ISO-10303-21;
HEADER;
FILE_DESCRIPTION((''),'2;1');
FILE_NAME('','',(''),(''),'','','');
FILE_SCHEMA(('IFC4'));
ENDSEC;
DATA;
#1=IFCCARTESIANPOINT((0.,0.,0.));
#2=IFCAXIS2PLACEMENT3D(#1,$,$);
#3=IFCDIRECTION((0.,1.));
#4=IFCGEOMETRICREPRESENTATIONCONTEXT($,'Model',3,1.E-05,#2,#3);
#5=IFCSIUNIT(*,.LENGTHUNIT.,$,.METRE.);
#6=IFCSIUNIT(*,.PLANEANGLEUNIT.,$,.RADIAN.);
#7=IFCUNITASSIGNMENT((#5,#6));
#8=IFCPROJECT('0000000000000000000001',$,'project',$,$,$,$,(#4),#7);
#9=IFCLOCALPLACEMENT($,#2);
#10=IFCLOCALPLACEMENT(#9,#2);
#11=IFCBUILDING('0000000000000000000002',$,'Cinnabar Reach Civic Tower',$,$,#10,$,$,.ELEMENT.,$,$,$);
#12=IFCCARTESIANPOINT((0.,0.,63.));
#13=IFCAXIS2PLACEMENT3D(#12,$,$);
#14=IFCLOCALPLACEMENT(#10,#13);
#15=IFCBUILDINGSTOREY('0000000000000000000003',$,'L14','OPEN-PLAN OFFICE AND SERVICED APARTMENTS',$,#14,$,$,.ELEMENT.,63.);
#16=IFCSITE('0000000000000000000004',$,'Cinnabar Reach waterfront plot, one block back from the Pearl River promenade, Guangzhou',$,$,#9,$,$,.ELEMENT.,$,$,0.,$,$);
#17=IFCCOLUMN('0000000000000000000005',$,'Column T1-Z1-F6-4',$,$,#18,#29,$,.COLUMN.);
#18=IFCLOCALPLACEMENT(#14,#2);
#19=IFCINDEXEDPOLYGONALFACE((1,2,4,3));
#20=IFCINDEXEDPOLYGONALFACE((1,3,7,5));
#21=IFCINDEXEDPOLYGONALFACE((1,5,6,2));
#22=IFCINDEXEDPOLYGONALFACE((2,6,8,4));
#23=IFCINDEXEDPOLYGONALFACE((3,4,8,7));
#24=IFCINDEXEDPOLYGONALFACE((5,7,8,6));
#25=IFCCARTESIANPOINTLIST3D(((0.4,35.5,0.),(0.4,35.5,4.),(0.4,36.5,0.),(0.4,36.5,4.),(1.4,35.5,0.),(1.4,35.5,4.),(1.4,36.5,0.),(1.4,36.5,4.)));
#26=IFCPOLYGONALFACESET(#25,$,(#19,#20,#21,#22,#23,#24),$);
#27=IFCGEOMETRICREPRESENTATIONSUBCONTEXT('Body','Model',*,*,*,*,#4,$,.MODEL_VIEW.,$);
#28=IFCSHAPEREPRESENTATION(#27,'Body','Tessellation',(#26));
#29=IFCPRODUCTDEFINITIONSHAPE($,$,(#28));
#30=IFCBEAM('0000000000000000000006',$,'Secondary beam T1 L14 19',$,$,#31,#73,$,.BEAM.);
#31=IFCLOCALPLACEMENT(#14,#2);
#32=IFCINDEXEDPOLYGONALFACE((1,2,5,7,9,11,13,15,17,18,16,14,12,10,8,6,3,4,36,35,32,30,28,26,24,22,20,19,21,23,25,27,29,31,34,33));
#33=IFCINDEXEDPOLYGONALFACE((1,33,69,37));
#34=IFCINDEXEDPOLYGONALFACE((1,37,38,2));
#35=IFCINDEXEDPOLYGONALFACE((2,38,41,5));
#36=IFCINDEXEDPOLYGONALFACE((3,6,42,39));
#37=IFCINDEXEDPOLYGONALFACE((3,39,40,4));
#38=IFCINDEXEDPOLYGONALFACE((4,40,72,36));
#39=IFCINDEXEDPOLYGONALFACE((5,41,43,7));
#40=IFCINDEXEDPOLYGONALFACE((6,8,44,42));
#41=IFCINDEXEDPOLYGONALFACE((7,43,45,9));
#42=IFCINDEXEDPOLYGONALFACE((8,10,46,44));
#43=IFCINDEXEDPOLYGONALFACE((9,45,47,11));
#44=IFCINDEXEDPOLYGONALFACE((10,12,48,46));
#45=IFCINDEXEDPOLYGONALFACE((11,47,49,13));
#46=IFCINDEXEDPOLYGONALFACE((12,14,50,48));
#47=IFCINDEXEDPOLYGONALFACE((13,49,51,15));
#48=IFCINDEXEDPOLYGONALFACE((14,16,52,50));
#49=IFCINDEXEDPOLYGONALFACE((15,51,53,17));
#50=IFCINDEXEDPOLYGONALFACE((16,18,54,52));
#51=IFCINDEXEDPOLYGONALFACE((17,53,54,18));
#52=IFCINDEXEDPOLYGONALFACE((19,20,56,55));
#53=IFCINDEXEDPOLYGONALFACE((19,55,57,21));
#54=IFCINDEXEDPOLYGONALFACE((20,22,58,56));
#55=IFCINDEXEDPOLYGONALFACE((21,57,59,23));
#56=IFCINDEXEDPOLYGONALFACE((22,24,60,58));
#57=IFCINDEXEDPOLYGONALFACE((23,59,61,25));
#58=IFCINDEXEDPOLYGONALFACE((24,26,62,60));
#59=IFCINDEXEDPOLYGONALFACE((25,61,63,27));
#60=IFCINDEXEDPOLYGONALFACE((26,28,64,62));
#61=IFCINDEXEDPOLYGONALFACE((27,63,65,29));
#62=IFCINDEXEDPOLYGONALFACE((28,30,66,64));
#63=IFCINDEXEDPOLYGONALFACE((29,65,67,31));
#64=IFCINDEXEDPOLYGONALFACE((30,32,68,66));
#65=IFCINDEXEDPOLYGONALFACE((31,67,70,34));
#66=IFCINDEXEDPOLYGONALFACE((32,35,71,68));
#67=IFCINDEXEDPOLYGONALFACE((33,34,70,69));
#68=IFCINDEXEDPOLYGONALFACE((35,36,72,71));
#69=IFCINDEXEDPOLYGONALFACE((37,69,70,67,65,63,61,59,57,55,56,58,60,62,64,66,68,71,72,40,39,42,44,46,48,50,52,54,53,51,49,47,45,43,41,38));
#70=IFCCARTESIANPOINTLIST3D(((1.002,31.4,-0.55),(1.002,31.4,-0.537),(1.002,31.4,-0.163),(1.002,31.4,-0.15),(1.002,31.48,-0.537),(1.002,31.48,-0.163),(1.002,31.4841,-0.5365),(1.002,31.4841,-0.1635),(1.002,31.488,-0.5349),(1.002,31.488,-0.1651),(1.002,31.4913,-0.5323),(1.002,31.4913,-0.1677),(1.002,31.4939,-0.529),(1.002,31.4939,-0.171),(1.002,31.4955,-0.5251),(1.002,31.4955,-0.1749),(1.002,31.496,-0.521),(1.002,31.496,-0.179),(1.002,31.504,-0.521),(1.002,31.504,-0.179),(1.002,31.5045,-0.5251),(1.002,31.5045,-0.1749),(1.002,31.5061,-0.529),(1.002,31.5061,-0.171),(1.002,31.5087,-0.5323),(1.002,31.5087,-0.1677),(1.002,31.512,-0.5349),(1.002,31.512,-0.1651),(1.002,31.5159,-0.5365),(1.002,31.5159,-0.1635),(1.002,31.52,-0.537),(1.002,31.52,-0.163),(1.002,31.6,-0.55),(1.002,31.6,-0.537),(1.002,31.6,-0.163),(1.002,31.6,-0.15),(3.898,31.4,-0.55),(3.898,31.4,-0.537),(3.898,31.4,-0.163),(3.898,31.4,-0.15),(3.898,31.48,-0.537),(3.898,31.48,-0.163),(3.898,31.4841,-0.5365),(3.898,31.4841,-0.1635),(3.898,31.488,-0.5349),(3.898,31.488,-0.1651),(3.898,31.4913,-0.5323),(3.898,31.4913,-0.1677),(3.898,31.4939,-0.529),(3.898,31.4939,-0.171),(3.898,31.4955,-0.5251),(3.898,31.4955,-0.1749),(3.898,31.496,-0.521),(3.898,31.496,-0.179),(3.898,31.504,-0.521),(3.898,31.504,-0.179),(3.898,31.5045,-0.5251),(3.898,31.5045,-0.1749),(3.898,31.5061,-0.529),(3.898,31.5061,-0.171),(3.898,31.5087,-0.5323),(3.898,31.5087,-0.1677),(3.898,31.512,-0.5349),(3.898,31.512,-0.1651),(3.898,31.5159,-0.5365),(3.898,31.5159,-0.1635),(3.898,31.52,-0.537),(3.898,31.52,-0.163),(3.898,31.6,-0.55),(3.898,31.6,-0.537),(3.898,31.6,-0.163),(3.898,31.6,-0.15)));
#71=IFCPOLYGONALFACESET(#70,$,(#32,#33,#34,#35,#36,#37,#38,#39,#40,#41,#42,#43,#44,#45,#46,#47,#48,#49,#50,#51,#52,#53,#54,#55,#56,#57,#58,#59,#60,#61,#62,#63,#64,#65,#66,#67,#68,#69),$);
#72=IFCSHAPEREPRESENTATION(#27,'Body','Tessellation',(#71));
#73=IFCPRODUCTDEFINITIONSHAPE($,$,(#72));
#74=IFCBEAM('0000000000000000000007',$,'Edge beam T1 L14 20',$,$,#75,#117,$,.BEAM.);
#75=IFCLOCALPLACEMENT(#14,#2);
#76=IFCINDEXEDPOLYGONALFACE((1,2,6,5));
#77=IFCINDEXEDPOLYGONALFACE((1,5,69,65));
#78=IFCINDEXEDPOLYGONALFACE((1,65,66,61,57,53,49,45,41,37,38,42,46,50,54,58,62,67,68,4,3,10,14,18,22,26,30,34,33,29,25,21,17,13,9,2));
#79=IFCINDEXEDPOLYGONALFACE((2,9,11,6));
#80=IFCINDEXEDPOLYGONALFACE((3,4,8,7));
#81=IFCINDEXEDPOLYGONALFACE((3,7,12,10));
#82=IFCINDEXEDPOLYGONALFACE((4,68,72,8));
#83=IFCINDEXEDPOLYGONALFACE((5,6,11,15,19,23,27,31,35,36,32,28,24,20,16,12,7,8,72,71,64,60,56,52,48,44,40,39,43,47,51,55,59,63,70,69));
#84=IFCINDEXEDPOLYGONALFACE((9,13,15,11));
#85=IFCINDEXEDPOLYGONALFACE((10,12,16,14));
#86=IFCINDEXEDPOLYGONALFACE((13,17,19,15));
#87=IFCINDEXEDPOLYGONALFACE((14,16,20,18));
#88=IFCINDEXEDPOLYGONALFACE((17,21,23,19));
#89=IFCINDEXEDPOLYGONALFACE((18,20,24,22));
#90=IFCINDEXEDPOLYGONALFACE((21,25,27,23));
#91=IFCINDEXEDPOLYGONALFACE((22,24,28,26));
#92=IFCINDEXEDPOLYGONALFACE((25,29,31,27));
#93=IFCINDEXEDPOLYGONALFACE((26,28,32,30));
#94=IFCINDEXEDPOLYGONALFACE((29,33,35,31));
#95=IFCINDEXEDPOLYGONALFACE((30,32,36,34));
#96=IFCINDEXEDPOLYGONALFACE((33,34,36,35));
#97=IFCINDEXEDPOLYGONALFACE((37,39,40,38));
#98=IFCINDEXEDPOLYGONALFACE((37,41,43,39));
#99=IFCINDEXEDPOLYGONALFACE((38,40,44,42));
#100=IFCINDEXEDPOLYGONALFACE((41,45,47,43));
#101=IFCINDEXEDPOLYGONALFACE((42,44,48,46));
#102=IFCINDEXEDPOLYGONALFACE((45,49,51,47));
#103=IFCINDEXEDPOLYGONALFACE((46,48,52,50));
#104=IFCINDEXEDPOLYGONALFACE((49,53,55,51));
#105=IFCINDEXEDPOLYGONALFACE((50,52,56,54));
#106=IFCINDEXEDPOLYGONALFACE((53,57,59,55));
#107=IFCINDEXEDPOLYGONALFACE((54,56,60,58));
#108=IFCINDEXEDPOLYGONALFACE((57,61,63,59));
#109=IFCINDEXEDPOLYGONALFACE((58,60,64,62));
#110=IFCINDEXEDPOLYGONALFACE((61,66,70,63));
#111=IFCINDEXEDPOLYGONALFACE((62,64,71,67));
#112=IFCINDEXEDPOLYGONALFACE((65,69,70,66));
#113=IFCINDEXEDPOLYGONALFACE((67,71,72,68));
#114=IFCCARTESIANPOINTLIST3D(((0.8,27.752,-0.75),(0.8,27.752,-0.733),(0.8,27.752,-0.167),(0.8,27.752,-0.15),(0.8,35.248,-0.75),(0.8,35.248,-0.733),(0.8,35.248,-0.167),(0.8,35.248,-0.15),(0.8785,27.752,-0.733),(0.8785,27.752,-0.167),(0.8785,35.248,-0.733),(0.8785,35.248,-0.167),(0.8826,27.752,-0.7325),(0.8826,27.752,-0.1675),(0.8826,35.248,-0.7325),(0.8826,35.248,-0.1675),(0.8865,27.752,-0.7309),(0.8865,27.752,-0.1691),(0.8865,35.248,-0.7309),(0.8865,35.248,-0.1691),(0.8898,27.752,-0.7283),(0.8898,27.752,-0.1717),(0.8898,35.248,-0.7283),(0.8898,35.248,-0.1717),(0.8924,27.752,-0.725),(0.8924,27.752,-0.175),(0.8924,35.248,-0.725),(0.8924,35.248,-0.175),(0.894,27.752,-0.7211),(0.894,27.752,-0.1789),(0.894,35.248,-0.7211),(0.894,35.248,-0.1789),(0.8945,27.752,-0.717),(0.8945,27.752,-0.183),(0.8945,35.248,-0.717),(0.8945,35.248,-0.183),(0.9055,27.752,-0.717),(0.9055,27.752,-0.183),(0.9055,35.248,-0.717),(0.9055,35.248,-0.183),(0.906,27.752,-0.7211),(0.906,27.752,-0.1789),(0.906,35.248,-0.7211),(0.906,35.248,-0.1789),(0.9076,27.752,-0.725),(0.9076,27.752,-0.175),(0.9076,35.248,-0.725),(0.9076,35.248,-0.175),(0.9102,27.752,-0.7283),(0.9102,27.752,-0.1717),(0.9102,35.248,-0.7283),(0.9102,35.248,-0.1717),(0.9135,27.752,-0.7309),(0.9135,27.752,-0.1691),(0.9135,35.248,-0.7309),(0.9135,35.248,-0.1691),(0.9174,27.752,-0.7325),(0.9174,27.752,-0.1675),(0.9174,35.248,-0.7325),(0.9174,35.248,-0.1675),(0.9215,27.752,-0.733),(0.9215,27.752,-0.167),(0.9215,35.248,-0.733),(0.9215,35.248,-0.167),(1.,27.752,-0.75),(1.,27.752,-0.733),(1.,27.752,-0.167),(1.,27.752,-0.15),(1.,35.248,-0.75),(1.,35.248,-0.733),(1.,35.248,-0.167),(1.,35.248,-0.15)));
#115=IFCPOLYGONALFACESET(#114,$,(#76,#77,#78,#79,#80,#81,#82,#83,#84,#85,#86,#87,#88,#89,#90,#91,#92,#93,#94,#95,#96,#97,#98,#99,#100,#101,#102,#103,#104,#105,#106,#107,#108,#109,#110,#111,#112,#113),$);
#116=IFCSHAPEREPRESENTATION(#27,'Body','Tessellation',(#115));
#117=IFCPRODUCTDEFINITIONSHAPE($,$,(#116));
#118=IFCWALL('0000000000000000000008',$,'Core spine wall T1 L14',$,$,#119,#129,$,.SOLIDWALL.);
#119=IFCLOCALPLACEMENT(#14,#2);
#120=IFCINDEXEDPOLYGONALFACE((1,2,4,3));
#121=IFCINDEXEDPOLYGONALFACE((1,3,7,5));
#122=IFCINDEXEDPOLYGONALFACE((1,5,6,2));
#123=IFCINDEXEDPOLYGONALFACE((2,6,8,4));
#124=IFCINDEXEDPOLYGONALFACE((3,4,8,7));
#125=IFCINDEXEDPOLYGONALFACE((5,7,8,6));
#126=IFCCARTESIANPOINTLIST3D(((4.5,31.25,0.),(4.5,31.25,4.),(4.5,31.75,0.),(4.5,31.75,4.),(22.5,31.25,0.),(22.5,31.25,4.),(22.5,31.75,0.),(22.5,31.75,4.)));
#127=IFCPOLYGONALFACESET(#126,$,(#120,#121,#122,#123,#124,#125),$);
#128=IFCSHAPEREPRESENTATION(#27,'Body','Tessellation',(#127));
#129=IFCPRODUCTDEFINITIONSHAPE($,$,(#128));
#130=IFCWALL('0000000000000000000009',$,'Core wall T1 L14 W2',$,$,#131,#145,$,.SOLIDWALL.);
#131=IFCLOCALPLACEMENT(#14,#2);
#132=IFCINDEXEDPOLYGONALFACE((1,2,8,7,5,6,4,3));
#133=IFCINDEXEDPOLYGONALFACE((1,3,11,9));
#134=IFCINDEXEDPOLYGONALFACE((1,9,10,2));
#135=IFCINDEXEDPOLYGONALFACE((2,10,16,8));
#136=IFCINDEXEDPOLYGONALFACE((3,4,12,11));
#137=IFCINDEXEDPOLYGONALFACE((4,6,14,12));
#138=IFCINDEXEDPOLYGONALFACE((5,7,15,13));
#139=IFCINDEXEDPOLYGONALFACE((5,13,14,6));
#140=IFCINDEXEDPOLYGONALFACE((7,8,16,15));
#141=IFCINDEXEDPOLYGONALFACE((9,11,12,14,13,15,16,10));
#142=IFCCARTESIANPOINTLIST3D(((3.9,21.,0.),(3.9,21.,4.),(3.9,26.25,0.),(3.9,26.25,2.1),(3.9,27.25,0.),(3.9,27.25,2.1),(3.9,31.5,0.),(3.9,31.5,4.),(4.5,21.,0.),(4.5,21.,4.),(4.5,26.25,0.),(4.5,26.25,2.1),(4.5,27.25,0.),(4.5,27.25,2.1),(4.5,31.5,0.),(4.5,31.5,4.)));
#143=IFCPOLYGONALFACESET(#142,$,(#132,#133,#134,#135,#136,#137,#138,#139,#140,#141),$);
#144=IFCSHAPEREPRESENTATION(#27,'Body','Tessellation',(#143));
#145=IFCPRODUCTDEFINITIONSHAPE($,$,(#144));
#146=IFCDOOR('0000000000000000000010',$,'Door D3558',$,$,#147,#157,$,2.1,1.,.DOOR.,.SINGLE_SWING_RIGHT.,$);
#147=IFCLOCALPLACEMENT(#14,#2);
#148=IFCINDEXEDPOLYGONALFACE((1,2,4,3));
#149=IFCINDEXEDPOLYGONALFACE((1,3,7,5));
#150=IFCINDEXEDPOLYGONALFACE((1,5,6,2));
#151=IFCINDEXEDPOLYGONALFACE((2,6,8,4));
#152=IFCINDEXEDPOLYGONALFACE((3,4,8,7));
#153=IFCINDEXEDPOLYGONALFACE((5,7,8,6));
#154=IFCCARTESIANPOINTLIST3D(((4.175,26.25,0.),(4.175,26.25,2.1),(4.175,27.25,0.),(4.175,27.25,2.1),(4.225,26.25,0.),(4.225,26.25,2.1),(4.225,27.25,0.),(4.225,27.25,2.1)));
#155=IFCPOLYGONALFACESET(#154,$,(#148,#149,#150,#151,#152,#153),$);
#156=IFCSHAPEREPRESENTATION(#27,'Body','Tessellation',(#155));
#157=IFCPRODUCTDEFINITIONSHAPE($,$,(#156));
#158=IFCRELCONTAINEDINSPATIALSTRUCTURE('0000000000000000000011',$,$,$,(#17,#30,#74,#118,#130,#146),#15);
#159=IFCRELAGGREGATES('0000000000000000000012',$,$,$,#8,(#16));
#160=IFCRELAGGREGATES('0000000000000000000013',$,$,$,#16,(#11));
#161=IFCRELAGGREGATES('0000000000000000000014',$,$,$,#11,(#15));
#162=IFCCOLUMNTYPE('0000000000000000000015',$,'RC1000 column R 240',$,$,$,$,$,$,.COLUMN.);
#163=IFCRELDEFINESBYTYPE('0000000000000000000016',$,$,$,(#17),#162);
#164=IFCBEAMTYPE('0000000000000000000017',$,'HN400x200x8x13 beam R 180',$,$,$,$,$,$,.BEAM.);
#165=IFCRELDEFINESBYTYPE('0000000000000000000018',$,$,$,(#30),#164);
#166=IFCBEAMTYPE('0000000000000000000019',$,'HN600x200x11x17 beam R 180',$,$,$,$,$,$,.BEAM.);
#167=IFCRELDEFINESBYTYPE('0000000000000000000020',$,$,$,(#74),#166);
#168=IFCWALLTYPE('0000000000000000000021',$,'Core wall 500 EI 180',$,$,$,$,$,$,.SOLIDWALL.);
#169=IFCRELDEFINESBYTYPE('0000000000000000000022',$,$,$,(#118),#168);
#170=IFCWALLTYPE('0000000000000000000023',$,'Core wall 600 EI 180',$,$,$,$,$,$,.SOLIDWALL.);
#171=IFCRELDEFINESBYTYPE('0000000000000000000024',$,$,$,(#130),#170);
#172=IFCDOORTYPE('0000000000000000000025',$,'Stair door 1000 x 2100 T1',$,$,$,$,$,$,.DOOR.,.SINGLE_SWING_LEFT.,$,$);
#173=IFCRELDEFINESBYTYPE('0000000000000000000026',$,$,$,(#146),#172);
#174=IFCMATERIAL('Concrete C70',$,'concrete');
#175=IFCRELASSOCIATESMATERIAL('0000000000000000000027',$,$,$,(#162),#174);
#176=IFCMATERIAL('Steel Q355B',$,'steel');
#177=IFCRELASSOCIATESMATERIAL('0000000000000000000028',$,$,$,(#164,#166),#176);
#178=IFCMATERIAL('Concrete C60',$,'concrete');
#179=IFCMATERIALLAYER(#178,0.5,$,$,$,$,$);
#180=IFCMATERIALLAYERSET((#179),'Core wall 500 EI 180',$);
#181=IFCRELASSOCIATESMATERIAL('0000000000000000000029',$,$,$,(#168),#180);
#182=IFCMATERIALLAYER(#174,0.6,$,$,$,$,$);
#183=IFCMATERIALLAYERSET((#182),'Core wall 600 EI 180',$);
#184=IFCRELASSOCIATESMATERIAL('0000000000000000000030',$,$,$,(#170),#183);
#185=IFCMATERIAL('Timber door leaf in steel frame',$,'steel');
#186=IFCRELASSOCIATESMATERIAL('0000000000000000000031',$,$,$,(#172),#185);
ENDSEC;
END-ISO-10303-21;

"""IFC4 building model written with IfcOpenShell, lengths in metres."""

from ifc_helpers import new_model, si_unit, direction, frame, frame_2d, origin, origin_2d, place, context, subcontext, project, spatial, rectangle, i_section, extrude, material, layer, layer_set, material_profile, profile_set, type_object, element, fill, save


model = new_model("IFC4")

# Units and contexts
model_context = context("Model", 3, precision=1e-05, world=origin(), true_north=direction((0.0, 1.0)))
body_context = subcontext(model_context, "Body", "Model", "MODEL_VIEW")
ifc_project = project(units=[si_unit("LENGTHUNIT", "METRE"), si_unit("PLANEANGLEUNIT", "RADIAN")], contexts=[model_context])

# Site, building, storey
site_placement = place(None, origin())
site = spatial("IfcSite", under=ifc_project, at=site_placement, Name="Cinnabar Reach waterfront plot, one block back from the Pearl River promenade, Guangzhou", CompositionType="ELEMENT", RefElevation=0.0)
building_placement = place(site_placement, origin())
building = spatial("IfcBuilding", under=site, at=building_placement, Name="Cinnabar Reach Civic Tower", CompositionType="ELEMENT")
storey_placement = place(building_placement, frame((0.0, 0.0, 63.0)))
storey = spatial("IfcBuildingStorey", under=building, at=storey_placement, Name="L14", Description="OPEN-PLAN OFFICE AND SERVICED APARTMENTS", CompositionType="ELEMENT", Elevation=63.0)

# Column
ifc_material_1 = material(Name="Concrete C70", Category="concrete")
ifc_material_profile_1 = material_profile(ifc_material_1, rectangle(XDim=1.0, YDim=1.0, at=origin_2d()), Name="RC1000")
ifc_profile_set_1 = profile_set([ifc_material_profile_1], Name="Concrete C70")
column_type = type_object("IfcColumnType", Name="RC1000 column R 240", PredefinedType="COLUMN", material=ifc_profile_set_1)
column_placement = place(storey_placement, frame((0.9, 36.0, 0.0), z_axis=(0.0, 0.0, 1.0), x_axis=(1.0, 0.0, 0.0)))
element("IfcColumn", 1, at=column_placement, inside=storey, type_object=column_type, Name="Column T1-Z1-F6-4", PredefinedType="COLUMN", context=body_context, shape_type="SweptSolid", body=[
    extrude(rectangle(XDim=1.0, YDim=1.0, at=origin_2d()), origin(), (0.0, 0.0, 1.0), 4.0),
])

# Beams
ifc_material_2 = material(Name="Steel Q355B", Category="steel")
ifc_material_profile_2 = material_profile(ifc_material_2, i_section(OverallWidth=0.2, OverallDepth=0.4, WebThickness=0.008, FlangeThickness=0.013, FilletRadius=0.016, at=origin_2d()), Name="HN400x200x8x13")
ifc_profile_set_2 = profile_set([ifc_material_profile_2], Name="Steel Q355B")
beam_type_1 = type_object("IfcBeamType", Name="HN400x200x8x13 beam R 180", PredefinedType="BEAM", material=ifc_profile_set_2)
beam_1_placement = place(storey_placement, frame((1.002, 31.5, -0.35), z_axis=(1.0, 0.0, 0.0), x_axis=(0.0, 1.0, 0.0)))
element("IfcBeam", 2, at=beam_1_placement, inside=storey, type_object=beam_type_1, Name="Secondary beam T1 L14 19", PredefinedType="BEAM", context=body_context, shape_type="SweptSolid", body=[
    extrude(i_section(OverallWidth=0.2, OverallDepth=0.4, WebThickness=0.008, FlangeThickness=0.013, FilletRadius=0.016, at=origin_2d()), origin(), (0.0, 0.0, 1.0), 2.896),
])
ifc_material_profile_3 = material_profile(ifc_material_2, i_section(OverallWidth=0.2, OverallDepth=0.6, WebThickness=0.011, FlangeThickness=0.017, FilletRadius=0.016, at=origin_2d()), Name="HN600x200x11x17")
ifc_profile_set_3 = profile_set([ifc_material_profile_3], Name="Steel Q355B")
beam_type_2 = type_object("IfcBeamType", Name="HN600x200x11x17 beam R 180", PredefinedType="BEAM", material=ifc_profile_set_3)
beam_2_placement = place(storey_placement, frame((0.9, 35.248, -0.45), z_axis=(0.0, -1.0, 0.0), x_axis=(1.0, 0.0, 0.0)))
element("IfcBeam", 3, at=beam_2_placement, inside=storey, type_object=beam_type_2, Name="Edge beam T1 L14 20", PredefinedType="BEAM", context=body_context, shape_type="SweptSolid", body=[
    extrude(i_section(OverallWidth=0.2, OverallDepth=0.6, WebThickness=0.011, FlangeThickness=0.017, FilletRadius=0.016, at=origin_2d()), origin(), (0.0, 0.0, 1.0), 7.496),
])

# Wall
ifc_material_3 = material(Name="Concrete C60", Category="concrete")
ifc_layer_1 = layer(ifc_material_3, 0.5)
ifc_layer_set_1 = layer_set([ifc_layer_1], Name="Core wall 500 EI 180")
wall_type_1 = type_object("IfcWallType", Name="Core wall 500 EI 180", PredefinedType="SOLIDWALL", material=ifc_layer_set_1)
wall_1_placement = place(storey_placement, frame((4.5, 31.5, 0.0), z_axis=(0.0, 0.0, 1.0), x_axis=(1.0, 0.0, 0.0)))
element("IfcWall", 4, at=wall_1_placement, inside=storey, type_object=wall_type_1, Name="Core spine wall T1 L14", PredefinedType="SOLIDWALL", context=body_context, shape_type="SweptSolid", body=[
    extrude(rectangle(XDim=18.0, YDim=0.5, at=frame_2d((9.0, 0.0))), origin(), (0.0, 0.0, 1.0), 4.0),
])

# Wall, opening, door
ifc_layer_2 = layer(ifc_material_1, 0.6)
ifc_layer_set_2 = layer_set([ifc_layer_2], Name="Core wall 600 EI 180")
wall_type_2 = type_object("IfcWallType", Name="Core wall 600 EI 180", PredefinedType="SOLIDWALL", material=ifc_layer_set_2)
wall_2_placement = place(storey_placement, frame((4.2, 31.5, 0.0), z_axis=(0.0, 0.0, 1.0), x_axis=(0.0, -1.0, 0.0)))
wall_2 = element("IfcWall", 5, at=wall_2_placement, inside=storey, type_object=wall_type_2, Name="Core wall T1 L14 W2", PredefinedType="SOLIDWALL", context=body_context, shape_type="SweptSolid", body=[
    extrude(rectangle(XDim=10.5, YDim=0.6, at=frame_2d((5.25, 0.0))), origin(), (0.0, 0.0, 1.0), 4.0),
])
opening_1_placement = place(wall_2_placement, frame((4.25, 0.0, 0.0)))
opening_1 = element("IfcOpeningElement", 6, at=opening_1_placement, cuts=wall_2, PredefinedType="OPENING", context=body_context, shape_type="SweptSolid", body=[
    extrude(rectangle(XDim=1.0, YDim=2.1, at=frame_2d((0.5, 1.05))), frame((0.0, 0.31, 0.0), z_axis=(0.0, -1.0, 0.0), x_axis=(1.0, 0.0, 0.0)), (0.0, 0.0, 1.0), 0.62),
])
ifc_material_4 = material(Name="Timber door leaf in steel frame", Category="steel")
door_type_1 = type_object("IfcDoorType", Name="Stair door 1000 x 2100 T1", OperationType="SINGLE_SWING_LEFT", PredefinedType="DOOR", material=ifc_material_4)
door_1_placement = place(opening_1_placement, frame((1.0, 0.0, 0.0), z_axis=(0.0, 0.0, 1.0), x_axis=(-1.0, 0.0, 0.0)))
door_1 = element("IfcDoor", 7, at=door_1_placement, inside=storey, type_object=door_type_1, Name="Door D3558", OperationType="SINGLE_SWING_RIGHT", OverallHeight=2.1, OverallWidth=1.0, PredefinedType="DOOR", context=body_context, shape_type="SweptSolid", body=[
    extrude(rectangle(XDim=1.0, YDim=2.1, at=frame_2d((0.5, 1.05))), frame((0.0, 0.025, 0.0), z_axis=(0.0, -1.0, 0.0), x_axis=(1.0, 0.0, 0.0)), (0.0, 0.0, 1.0), 0.05),
])
fill(opening_1, door_1)

save(model, "model.ifc")
